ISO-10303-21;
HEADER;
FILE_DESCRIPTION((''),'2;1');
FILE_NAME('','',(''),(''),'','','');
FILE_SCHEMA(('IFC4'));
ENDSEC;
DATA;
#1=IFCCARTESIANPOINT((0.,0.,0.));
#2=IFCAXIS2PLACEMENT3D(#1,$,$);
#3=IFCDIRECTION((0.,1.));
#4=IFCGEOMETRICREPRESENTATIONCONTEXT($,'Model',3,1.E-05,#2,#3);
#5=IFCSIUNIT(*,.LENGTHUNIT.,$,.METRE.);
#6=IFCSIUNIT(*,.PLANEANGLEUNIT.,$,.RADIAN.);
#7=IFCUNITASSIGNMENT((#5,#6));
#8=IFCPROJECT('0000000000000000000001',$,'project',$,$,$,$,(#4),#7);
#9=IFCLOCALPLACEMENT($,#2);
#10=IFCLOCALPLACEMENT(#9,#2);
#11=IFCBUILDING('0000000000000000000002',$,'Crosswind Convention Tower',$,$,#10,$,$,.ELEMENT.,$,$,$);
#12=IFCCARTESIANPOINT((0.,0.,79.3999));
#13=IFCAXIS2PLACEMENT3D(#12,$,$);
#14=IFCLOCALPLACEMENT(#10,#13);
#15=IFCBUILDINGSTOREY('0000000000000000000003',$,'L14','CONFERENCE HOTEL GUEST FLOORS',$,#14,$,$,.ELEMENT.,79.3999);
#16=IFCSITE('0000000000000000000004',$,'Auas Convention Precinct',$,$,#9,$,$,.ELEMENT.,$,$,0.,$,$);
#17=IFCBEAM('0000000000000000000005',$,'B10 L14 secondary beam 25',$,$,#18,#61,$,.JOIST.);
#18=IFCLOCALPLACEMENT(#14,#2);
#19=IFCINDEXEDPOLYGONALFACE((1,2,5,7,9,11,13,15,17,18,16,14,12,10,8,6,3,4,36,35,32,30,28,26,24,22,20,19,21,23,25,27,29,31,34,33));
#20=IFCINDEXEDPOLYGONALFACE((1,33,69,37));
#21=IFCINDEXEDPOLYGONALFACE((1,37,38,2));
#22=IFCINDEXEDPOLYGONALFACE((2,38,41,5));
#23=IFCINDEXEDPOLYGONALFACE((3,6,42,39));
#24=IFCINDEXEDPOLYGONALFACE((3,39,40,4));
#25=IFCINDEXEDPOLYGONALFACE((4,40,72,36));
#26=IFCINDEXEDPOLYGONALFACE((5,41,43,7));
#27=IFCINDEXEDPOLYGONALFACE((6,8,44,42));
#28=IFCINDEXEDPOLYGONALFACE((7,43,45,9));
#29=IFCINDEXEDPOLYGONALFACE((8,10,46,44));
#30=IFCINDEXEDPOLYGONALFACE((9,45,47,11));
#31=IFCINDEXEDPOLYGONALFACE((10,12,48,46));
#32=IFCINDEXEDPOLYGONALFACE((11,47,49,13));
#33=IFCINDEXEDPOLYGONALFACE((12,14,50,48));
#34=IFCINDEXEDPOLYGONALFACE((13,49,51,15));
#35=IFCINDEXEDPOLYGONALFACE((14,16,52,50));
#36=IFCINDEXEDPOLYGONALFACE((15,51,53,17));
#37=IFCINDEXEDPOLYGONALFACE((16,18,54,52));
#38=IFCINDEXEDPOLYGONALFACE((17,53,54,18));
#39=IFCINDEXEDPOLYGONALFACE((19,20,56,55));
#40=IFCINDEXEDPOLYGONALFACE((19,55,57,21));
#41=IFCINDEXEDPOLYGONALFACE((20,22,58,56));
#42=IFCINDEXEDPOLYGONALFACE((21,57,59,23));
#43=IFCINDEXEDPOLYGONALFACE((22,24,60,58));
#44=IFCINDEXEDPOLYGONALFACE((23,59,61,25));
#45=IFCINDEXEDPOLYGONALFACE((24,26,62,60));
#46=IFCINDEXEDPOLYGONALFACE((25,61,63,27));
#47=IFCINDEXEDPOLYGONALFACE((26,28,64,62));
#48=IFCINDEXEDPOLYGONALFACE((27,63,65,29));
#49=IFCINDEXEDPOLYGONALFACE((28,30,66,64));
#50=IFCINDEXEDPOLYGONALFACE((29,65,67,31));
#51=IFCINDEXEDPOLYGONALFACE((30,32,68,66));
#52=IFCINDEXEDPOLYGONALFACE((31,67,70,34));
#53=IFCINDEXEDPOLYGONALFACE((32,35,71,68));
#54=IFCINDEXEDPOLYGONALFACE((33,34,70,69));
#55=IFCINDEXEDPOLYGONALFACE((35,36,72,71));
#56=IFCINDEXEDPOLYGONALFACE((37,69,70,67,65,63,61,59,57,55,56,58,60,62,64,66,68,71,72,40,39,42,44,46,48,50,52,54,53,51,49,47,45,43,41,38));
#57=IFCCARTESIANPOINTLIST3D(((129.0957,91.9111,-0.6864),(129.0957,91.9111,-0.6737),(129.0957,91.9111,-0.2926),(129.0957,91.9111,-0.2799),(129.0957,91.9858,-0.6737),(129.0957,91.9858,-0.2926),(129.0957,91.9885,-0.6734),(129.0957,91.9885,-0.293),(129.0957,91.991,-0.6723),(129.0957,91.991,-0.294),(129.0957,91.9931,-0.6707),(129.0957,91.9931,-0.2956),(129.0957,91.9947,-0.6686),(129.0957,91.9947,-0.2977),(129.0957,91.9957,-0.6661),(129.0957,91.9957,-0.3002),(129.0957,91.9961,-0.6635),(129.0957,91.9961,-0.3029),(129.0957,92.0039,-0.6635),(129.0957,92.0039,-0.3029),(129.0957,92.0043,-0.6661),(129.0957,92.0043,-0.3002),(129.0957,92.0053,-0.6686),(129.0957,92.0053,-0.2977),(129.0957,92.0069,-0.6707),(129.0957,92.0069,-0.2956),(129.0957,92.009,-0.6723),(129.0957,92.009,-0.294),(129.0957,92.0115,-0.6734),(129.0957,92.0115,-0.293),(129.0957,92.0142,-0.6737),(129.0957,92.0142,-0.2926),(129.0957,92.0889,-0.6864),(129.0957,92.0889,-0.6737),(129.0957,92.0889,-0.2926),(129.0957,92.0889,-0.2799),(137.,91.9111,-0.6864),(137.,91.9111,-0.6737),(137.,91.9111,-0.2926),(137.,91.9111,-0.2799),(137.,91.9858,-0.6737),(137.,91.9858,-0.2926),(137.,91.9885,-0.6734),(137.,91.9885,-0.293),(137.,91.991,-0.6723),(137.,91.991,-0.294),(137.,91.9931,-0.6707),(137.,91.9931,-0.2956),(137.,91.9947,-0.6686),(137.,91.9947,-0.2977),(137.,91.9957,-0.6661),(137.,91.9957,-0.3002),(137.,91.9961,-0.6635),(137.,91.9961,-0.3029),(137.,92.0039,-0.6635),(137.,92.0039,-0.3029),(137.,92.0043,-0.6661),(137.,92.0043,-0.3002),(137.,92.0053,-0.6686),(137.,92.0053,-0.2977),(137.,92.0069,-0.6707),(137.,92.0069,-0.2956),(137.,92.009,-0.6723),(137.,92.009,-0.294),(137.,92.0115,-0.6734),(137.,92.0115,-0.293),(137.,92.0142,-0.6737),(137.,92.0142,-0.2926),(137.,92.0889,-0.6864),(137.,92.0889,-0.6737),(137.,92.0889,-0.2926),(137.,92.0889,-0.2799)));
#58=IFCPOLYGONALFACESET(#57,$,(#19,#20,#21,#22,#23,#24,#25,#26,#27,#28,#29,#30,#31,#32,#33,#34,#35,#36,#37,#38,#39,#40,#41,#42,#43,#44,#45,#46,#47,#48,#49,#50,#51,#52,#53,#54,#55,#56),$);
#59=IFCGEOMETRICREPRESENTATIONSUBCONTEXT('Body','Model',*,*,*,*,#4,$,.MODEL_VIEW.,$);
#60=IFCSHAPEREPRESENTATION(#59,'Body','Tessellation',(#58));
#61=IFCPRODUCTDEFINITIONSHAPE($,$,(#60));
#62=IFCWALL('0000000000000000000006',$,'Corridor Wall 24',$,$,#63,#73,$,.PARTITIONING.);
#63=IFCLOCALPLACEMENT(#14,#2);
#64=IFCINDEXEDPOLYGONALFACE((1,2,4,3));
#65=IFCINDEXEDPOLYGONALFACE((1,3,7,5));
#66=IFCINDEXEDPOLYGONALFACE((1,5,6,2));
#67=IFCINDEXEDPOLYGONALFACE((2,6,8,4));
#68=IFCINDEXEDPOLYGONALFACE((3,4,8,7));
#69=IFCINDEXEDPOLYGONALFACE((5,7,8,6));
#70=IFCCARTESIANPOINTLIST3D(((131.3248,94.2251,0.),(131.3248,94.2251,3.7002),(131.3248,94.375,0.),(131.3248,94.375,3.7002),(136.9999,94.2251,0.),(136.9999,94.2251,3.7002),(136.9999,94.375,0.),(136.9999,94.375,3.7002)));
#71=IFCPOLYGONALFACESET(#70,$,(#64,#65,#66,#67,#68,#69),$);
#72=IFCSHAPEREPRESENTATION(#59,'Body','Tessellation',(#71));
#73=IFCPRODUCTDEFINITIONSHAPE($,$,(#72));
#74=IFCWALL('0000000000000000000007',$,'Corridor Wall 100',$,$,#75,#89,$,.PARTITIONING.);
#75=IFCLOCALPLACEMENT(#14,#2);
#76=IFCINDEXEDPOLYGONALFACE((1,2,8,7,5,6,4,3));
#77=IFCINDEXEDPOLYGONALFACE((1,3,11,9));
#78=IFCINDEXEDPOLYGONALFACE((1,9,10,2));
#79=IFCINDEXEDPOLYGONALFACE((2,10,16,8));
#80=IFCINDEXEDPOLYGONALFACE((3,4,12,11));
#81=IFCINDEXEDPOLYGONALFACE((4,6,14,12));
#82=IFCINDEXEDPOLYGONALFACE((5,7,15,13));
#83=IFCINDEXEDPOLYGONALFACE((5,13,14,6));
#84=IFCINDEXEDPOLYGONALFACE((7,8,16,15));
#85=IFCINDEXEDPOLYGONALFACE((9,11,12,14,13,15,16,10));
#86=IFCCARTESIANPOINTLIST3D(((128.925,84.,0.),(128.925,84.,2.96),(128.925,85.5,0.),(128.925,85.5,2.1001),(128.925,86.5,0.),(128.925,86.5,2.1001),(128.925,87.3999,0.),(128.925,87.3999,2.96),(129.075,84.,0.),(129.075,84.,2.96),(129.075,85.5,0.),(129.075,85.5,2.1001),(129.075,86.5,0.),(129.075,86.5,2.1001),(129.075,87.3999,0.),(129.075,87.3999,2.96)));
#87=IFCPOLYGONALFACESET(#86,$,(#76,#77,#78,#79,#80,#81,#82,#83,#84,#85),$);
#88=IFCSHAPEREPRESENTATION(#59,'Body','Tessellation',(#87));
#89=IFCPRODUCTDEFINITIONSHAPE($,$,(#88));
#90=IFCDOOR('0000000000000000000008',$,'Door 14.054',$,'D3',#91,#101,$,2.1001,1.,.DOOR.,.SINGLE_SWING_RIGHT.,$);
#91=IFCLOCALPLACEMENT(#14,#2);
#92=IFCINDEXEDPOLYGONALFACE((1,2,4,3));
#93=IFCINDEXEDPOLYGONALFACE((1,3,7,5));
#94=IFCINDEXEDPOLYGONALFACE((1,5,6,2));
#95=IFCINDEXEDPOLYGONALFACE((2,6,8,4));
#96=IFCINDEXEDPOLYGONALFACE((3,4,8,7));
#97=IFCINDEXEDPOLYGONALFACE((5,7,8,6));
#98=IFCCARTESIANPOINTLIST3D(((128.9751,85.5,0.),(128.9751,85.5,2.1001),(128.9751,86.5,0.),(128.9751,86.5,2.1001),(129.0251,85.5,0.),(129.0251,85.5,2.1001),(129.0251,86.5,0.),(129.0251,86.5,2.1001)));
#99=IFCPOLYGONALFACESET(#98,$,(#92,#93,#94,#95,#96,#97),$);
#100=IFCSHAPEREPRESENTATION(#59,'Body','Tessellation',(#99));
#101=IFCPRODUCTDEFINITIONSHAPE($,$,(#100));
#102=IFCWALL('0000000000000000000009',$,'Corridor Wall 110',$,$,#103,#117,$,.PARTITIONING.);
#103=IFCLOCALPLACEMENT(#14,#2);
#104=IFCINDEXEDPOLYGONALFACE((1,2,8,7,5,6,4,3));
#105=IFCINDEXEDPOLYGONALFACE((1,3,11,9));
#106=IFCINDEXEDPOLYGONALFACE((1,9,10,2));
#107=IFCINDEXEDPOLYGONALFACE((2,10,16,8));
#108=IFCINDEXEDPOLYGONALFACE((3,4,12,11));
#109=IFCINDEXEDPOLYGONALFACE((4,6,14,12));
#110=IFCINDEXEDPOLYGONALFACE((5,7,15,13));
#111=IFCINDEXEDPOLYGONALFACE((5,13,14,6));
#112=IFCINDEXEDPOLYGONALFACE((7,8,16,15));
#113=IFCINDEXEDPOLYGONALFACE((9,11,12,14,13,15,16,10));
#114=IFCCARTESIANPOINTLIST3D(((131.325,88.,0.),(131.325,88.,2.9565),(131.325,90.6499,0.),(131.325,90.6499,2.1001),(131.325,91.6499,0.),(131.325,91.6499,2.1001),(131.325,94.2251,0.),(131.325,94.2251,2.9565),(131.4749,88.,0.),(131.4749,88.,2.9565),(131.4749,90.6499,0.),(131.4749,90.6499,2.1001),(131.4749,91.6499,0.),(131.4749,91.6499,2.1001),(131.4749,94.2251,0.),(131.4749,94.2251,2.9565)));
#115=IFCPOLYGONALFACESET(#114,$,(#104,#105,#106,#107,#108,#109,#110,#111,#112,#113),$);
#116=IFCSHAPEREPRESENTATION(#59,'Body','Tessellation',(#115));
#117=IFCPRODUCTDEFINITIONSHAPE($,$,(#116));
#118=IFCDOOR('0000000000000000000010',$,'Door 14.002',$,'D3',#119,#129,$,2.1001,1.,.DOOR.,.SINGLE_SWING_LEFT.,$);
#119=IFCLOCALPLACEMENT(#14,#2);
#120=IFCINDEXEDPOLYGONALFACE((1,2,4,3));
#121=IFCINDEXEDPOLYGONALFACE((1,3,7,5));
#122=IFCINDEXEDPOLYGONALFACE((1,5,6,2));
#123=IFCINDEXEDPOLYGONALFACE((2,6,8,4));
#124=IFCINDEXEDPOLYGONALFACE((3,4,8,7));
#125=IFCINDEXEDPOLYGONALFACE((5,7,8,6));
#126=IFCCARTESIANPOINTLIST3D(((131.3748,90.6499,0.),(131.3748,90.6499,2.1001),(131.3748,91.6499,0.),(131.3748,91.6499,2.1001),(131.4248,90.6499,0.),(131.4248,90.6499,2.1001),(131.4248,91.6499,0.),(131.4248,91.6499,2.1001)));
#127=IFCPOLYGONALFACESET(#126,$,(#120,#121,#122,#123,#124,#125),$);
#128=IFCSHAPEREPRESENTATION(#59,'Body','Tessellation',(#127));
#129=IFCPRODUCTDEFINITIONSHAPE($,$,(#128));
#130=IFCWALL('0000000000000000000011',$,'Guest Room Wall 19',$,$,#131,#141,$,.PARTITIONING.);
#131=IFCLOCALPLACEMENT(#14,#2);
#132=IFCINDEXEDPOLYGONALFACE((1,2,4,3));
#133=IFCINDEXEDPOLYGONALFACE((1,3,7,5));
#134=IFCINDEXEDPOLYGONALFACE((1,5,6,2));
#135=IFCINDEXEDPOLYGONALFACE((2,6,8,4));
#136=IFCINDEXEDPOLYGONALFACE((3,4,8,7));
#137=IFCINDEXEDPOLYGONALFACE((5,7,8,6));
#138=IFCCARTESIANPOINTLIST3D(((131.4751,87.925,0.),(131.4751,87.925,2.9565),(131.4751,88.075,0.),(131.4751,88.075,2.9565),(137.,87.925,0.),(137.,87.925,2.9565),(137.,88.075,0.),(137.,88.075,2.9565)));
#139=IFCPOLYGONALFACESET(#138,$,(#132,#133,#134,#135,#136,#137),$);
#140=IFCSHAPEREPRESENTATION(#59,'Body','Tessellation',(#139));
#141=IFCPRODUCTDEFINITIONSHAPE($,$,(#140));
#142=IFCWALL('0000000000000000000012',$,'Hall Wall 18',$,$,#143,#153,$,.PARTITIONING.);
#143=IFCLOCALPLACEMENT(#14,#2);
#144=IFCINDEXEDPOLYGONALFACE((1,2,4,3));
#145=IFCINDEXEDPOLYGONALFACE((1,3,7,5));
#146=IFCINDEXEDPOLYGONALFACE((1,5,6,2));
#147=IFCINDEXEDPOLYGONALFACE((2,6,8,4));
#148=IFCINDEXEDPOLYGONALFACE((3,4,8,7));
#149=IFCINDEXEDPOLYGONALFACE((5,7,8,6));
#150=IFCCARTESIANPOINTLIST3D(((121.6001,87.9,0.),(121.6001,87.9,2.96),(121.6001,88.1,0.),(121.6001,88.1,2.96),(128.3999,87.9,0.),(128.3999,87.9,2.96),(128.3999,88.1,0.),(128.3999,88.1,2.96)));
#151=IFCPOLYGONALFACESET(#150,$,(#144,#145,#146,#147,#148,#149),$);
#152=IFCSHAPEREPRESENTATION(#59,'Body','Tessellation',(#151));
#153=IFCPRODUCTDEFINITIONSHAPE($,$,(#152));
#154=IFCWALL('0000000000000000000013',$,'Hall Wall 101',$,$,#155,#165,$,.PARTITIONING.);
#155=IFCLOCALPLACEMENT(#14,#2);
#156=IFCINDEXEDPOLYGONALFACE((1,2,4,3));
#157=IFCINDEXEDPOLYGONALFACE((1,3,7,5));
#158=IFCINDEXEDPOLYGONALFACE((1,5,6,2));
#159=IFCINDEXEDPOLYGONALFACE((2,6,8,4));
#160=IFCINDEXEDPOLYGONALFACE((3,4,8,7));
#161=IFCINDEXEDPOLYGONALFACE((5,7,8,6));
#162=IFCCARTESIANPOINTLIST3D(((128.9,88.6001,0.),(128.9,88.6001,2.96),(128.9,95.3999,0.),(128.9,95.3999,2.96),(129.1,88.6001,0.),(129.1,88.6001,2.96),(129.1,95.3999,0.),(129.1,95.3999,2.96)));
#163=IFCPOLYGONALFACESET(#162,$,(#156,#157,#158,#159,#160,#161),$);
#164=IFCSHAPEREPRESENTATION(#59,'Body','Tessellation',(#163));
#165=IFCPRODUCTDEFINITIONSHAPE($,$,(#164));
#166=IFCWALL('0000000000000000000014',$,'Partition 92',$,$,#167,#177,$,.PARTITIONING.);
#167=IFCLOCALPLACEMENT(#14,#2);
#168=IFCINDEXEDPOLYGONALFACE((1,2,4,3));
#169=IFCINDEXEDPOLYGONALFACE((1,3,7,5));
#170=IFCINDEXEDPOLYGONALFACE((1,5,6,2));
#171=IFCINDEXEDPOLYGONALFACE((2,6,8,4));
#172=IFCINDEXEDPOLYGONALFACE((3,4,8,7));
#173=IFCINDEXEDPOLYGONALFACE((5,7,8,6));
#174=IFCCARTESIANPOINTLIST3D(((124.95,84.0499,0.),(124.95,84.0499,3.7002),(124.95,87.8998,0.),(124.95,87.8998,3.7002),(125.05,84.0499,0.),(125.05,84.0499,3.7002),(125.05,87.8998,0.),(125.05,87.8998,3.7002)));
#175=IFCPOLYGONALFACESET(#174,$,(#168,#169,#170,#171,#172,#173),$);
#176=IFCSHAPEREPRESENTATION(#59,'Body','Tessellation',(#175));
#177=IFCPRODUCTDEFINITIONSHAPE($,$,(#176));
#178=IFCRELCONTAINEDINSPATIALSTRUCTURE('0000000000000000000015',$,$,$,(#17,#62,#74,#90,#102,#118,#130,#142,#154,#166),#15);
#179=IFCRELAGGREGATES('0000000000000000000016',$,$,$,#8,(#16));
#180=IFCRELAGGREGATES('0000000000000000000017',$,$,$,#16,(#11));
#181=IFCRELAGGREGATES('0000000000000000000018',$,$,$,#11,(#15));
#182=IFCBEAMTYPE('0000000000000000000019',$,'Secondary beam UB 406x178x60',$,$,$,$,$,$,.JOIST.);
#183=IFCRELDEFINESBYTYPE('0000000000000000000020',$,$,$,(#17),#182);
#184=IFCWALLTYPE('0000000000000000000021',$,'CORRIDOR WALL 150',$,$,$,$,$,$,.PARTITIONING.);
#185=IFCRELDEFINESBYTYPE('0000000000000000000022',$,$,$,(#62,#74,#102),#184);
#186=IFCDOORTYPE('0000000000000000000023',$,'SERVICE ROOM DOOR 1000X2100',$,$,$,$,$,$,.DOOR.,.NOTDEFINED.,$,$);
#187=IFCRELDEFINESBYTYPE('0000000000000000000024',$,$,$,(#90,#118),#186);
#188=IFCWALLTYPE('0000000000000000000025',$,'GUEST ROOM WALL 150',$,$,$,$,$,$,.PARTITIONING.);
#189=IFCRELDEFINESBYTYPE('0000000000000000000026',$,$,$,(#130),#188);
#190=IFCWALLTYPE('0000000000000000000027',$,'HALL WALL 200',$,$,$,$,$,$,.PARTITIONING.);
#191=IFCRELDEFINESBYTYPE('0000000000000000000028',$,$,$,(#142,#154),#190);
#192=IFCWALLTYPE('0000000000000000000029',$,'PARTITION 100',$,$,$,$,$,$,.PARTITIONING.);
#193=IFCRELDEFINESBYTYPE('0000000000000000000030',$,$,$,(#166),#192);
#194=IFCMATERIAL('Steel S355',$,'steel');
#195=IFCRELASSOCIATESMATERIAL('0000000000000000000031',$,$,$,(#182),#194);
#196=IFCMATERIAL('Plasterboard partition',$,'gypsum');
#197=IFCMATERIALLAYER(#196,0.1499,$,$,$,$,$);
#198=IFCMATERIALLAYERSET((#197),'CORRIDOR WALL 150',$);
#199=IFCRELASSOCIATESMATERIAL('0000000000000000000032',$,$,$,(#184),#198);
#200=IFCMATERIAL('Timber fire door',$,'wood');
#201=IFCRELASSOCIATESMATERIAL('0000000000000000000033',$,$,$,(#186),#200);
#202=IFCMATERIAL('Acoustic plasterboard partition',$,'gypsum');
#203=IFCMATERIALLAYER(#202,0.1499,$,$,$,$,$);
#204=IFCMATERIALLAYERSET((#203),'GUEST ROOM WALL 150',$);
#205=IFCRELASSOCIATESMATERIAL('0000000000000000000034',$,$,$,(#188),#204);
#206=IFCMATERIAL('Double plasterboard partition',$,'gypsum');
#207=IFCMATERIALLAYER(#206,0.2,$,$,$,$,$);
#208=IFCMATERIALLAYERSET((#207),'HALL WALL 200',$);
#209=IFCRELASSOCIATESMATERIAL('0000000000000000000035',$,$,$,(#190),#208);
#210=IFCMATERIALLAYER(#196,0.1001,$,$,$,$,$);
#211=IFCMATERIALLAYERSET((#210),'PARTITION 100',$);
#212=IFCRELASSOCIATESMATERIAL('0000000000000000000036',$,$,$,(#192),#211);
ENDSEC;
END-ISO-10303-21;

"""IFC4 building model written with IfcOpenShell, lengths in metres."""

from ifc_helpers import new_model, si_unit, direction, frame, frame_2d, origin, origin_2d, place, context, subcontext, project, spatial, rectangle, i_section, extrude, material, layer, layer_set, material_profile, profile_set, type_object, element, fill, save


model = new_model("IFC4")

# Units and contexts
model_context = context("Model", 3, precision=1e-05, world=origin(), true_north=direction((0.0, 1.0)))
body_context = subcontext(model_context, "Body", "Model", "MODEL_VIEW")
ifc_project = project(units=[si_unit("LENGTHUNIT", "METRE"), si_unit("PLANEANGLEUNIT", "RADIAN")], contexts=[model_context])

# Site, building, storey
site_placement = place(None, origin())
site = spatial("IfcSite", under=ifc_project, at=site_placement, Name="Auas Convention Precinct", CompositionType="ELEMENT", RefElevation=0.0)
building_placement = place(site_placement, origin())
building = spatial("IfcBuilding", under=site, at=building_placement, Name="Crosswind Convention Tower", CompositionType="ELEMENT")
storey_placement = place(building_placement, frame((0.0, 0.0, 79.3999)))
storey = spatial("IfcBuildingStorey", under=building, at=storey_placement, Name="L14", Description="CONFERENCE HOTEL GUEST FLOORS", CompositionType="ELEMENT", Elevation=79.3999)

# Beam
ifc_material_1 = material(Name="Steel S355", Category="steel")
ifc_material_profile_1 = material_profile(ifc_material_1, i_section(OverallWidth=0.1777, OverallDepth=0.4065, WebThickness=0.0078, FlangeThickness=0.0127, FilletRadius=0.0103, at=origin_2d()), Name="UB 406x178x60")
ifc_profile_set_1 = profile_set([ifc_material_profile_1], Name="Steel S355")
beam_type_1 = type_object("IfcBeamType", Name="Secondary beam UB 406x178x60", PredefinedType="JOIST", material=ifc_profile_set_1)
beam_1_placement = place(storey_placement, frame((129.0957, 92.0, -0.4832), z_axis=(1.0, 0.0, 0.0), x_axis=(0.0, 1.0, 0.0)))
element("IfcBeam", 1, at=beam_1_placement, inside=storey, type_object=beam_type_1, Name="B10 L14 secondary beam 25", PredefinedType="JOIST", context=body_context, shape_type="SweptSolid", body=[
    extrude(i_section(OverallWidth=0.1777, OverallDepth=0.4065, WebThickness=0.0078, FlangeThickness=0.0127, FilletRadius=0.0103, at=origin_2d()), origin(), (0.0, 0.0, 1.0), 7.9043),
])

# Wall
ifc_material_2 = material(Name="Plasterboard partition", Category="gypsum")
ifc_layer_1 = layer(ifc_material_2, 0.1499)
ifc_layer_set_1 = layer_set([ifc_layer_1], Name="CORRIDOR WALL 150")
wall_type_1 = type_object("IfcWallType", Name="CORRIDOR WALL 150", PredefinedType="PARTITIONING", material=ifc_layer_set_1)
wall_1_placement = place(storey_placement, frame((131.325, 94.3, 0.0), z_axis=(0.0, 0.0, 1.0), x_axis=(1.0, 0.0, 0.0)))
element("IfcWall", 2, at=wall_1_placement, inside=storey, type_object=wall_type_1, Name="Corridor Wall 24", PredefinedType="PARTITIONING", context=body_context, shape_type="SweptSolid", body=[
    extrude(rectangle(XDim=5.675, YDim=0.1499, at=frame_2d((2.8374, 0.0))), origin(), (0.0, 0.0, 1.0), 3.7002),
])

# Walls, openings, doors
wall_2_placement = place(storey_placement, frame((129.0, 84.0, 0.0), z_axis=(0.0, 0.0, 1.0), x_axis=(0.0, 1.0, 0.0)))
wall_2 = element("IfcWall", 3, at=wall_2_placement, inside=storey, type_object=wall_type_1, Name="Corridor Wall 100", PredefinedType="PARTITIONING", context=body_context, shape_type="SweptSolid", body=[
    extrude(rectangle(XDim=3.3999, YDim=0.1499, at=frame_2d((1.7, 0.0))), origin(), (0.0, 0.0, 1.0), 2.96),
])
opening_1_placement = place(wall_2_placement, frame((1.5, 0.0, 0.0)))
opening_1 = element("IfcOpeningElement", 4, at=opening_1_placement, cuts=wall_2, PredefinedType="OPENING", context=body_context, shape_type="SweptSolid", body=[
    extrude(rectangle(XDim=1.0, YDim=2.1001, at=frame_2d((0.5, 1.05))), frame((0.0, 0.085, 0.0), z_axis=(0.0, -1.0, 0.0), x_axis=(1.0, 0.0, 0.0)), (0.0, 0.0, 1.0), 0.1699),
])
ifc_material_3 = material(Name="Timber fire door", Category="wood")
door_type = type_object("IfcDoorType", Name="SERVICE ROOM DOOR 1000X2100", OperationType="NOTDEFINED", PredefinedType="DOOR", material=ifc_material_3)
door_1_placement = place(opening_1_placement, origin())
door_1 = element("IfcDoor", 5, at=door_1_placement, inside=storey, type_object=door_type, Name="Door 14.054", ObjectType="D3", OperationType="SINGLE_SWING_RIGHT", OverallHeight=2.1001, OverallWidth=1.0, PredefinedType="DOOR", context=body_context, shape_type="SweptSolid", body=[
    extrude(rectangle(XDim=1.0, YDim=2.1001, at=frame_2d((0.5, 1.05))), frame((0.0, 0.0249, 0.0), z_axis=(0.0, -1.0, 0.0), x_axis=(1.0, 0.0, 0.0)), (0.0, 0.0, 1.0), 0.05),
])
fill(opening_1, door_1)
wall_3_placement = place(storey_placement, frame((131.3999, 88.0, 0.0), z_axis=(0.0, 0.0, 1.0), x_axis=(0.0, 1.0, 0.0)))
wall_3 = element("IfcWall", 6, at=wall_3_placement, inside=storey, type_object=wall_type_1, Name="Corridor Wall 110", PredefinedType="PARTITIONING", context=body_context, shape_type="SweptSolid", body=[
    extrude(rectangle(XDim=6.2251, YDim=0.1499, at=frame_2d((3.1125, 0.0))), origin(), (0.0, 0.0, 1.0), 2.9565),
])
opening_2_placement = place(wall_3_placement, frame((2.6499, 0.0, 0.0)))
opening_2 = element("IfcOpeningElement", 7, at=opening_2_placement, cuts=wall_3, PredefinedType="OPENING", context=body_context, shape_type="SweptSolid", body=[
    extrude(rectangle(XDim=1.0, YDim=2.1001, at=frame_2d((0.5, 1.05))), frame((0.0, 0.085, 0.0), z_axis=(0.0, -1.0, 0.0), x_axis=(1.0, 0.0, 0.0)), (0.0, 0.0, 1.0), 0.1699),
])
door_2_placement = place(opening_2_placement, frame((1.0, 0.0, 0.0), z_axis=(0.0, 0.0, 1.0), x_axis=(-1.0, 0.0, 0.0)))
door_2 = element("IfcDoor", 8, at=door_2_placement, inside=storey, type_object=door_type, Name="Door 14.002", ObjectType="D3", OperationType="SINGLE_SWING_LEFT", OverallHeight=2.1001, OverallWidth=1.0, PredefinedType="DOOR", context=body_context, shape_type="SweptSolid", body=[
    extrude(rectangle(XDim=1.0, YDim=2.1001, at=frame_2d((0.5, 1.05))), frame((0.0, 0.0249, 0.0), z_axis=(0.0, -1.0, 0.0), x_axis=(1.0, 0.0, 0.0)), (0.0, 0.0, 1.0), 0.05),
])
fill(opening_2, door_2)

# Walls
ifc_material_4 = material(Name="Acoustic plasterboard partition", Category="gypsum")
ifc_layer_2 = layer(ifc_material_4, 0.1499)
ifc_layer_set_2 = layer_set([ifc_layer_2], Name="GUEST ROOM WALL 150")
wall_type_2 = type_object("IfcWallType", Name="GUEST ROOM WALL 150", PredefinedType="PARTITIONING", material=ifc_layer_set_2)
wall_4_placement = place(storey_placement, frame((131.4751, 88.0, 0.0), z_axis=(0.0, 0.0, 1.0), x_axis=(1.0, 0.0, 0.0)))
element("IfcWall", 9, at=wall_4_placement, inside=storey, type_object=wall_type_2, Name="Guest Room Wall 19", PredefinedType="PARTITIONING", context=body_context, shape_type="SweptSolid", body=[
    extrude(rectangle(XDim=5.5249, YDim=0.1499, at=frame_2d((2.7625, 0.0))), origin(), (0.0, 0.0, 1.0), 2.9565),
])
ifc_material_5 = material(Name="Double plasterboard partition", Category="gypsum")
ifc_layer_3 = layer(ifc_material_5, 0.2)
ifc_layer_set_3 = layer_set([ifc_layer_3], Name="HALL WALL 200")
wall_type_3 = type_object("IfcWallType", Name="HALL WALL 200", PredefinedType="PARTITIONING", material=ifc_layer_set_3)
for number, where, z_axis, x_axis, name in (
    (10, (121.6001, 88.0, 0.0), (0.0, 0.0, 1.0), (1.0, 0.0, 0.0), "Hall Wall 18"),
    (11, (129.0, 88.6001, 0.0), (0.0, 0.0, 1.0), (0.0, 1.0, 0.0), "Hall Wall 101"),
):
    element("IfcWall", number, at=place(storey_placement, frame(where, z_axis=z_axis, x_axis=x_axis)), inside=storey, type_object=wall_type_3, Name=name, PredefinedType="PARTITIONING", context=body_context, shape_type="SweptSolid", body=[
        extrude(rectangle(XDim=6.7998, YDim=0.2, at=frame_2d((3.3999, 0.0))), origin(), (0.0, 0.0, 1.0), 2.96),
    ])
ifc_layer_4 = layer(ifc_material_2, 0.1001)
ifc_layer_set_4 = layer_set([ifc_layer_4], Name="PARTITION 100")
wall_type_4 = type_object("IfcWallType", Name="PARTITION 100", PredefinedType="PARTITIONING", material=ifc_layer_set_4)
wall_5_placement = place(storey_placement, frame((125.0, 84.05, 0.0), z_axis=(0.0, 0.0, 1.0), x_axis=(0.0, 1.0, 0.0)))
element("IfcWall", 12, at=wall_5_placement, inside=storey, type_object=wall_type_4, Name="Partition 92", PredefinedType="PARTITIONING", context=body_context, shape_type="SweptSolid", body=[
    extrude(rectangle(XDim=3.8499, YDim=0.1001, at=frame_2d((1.9248, 0.0))), origin(), (0.0, 0.0, 1.0), 3.7002),
])

save(model, "model.ifc")
